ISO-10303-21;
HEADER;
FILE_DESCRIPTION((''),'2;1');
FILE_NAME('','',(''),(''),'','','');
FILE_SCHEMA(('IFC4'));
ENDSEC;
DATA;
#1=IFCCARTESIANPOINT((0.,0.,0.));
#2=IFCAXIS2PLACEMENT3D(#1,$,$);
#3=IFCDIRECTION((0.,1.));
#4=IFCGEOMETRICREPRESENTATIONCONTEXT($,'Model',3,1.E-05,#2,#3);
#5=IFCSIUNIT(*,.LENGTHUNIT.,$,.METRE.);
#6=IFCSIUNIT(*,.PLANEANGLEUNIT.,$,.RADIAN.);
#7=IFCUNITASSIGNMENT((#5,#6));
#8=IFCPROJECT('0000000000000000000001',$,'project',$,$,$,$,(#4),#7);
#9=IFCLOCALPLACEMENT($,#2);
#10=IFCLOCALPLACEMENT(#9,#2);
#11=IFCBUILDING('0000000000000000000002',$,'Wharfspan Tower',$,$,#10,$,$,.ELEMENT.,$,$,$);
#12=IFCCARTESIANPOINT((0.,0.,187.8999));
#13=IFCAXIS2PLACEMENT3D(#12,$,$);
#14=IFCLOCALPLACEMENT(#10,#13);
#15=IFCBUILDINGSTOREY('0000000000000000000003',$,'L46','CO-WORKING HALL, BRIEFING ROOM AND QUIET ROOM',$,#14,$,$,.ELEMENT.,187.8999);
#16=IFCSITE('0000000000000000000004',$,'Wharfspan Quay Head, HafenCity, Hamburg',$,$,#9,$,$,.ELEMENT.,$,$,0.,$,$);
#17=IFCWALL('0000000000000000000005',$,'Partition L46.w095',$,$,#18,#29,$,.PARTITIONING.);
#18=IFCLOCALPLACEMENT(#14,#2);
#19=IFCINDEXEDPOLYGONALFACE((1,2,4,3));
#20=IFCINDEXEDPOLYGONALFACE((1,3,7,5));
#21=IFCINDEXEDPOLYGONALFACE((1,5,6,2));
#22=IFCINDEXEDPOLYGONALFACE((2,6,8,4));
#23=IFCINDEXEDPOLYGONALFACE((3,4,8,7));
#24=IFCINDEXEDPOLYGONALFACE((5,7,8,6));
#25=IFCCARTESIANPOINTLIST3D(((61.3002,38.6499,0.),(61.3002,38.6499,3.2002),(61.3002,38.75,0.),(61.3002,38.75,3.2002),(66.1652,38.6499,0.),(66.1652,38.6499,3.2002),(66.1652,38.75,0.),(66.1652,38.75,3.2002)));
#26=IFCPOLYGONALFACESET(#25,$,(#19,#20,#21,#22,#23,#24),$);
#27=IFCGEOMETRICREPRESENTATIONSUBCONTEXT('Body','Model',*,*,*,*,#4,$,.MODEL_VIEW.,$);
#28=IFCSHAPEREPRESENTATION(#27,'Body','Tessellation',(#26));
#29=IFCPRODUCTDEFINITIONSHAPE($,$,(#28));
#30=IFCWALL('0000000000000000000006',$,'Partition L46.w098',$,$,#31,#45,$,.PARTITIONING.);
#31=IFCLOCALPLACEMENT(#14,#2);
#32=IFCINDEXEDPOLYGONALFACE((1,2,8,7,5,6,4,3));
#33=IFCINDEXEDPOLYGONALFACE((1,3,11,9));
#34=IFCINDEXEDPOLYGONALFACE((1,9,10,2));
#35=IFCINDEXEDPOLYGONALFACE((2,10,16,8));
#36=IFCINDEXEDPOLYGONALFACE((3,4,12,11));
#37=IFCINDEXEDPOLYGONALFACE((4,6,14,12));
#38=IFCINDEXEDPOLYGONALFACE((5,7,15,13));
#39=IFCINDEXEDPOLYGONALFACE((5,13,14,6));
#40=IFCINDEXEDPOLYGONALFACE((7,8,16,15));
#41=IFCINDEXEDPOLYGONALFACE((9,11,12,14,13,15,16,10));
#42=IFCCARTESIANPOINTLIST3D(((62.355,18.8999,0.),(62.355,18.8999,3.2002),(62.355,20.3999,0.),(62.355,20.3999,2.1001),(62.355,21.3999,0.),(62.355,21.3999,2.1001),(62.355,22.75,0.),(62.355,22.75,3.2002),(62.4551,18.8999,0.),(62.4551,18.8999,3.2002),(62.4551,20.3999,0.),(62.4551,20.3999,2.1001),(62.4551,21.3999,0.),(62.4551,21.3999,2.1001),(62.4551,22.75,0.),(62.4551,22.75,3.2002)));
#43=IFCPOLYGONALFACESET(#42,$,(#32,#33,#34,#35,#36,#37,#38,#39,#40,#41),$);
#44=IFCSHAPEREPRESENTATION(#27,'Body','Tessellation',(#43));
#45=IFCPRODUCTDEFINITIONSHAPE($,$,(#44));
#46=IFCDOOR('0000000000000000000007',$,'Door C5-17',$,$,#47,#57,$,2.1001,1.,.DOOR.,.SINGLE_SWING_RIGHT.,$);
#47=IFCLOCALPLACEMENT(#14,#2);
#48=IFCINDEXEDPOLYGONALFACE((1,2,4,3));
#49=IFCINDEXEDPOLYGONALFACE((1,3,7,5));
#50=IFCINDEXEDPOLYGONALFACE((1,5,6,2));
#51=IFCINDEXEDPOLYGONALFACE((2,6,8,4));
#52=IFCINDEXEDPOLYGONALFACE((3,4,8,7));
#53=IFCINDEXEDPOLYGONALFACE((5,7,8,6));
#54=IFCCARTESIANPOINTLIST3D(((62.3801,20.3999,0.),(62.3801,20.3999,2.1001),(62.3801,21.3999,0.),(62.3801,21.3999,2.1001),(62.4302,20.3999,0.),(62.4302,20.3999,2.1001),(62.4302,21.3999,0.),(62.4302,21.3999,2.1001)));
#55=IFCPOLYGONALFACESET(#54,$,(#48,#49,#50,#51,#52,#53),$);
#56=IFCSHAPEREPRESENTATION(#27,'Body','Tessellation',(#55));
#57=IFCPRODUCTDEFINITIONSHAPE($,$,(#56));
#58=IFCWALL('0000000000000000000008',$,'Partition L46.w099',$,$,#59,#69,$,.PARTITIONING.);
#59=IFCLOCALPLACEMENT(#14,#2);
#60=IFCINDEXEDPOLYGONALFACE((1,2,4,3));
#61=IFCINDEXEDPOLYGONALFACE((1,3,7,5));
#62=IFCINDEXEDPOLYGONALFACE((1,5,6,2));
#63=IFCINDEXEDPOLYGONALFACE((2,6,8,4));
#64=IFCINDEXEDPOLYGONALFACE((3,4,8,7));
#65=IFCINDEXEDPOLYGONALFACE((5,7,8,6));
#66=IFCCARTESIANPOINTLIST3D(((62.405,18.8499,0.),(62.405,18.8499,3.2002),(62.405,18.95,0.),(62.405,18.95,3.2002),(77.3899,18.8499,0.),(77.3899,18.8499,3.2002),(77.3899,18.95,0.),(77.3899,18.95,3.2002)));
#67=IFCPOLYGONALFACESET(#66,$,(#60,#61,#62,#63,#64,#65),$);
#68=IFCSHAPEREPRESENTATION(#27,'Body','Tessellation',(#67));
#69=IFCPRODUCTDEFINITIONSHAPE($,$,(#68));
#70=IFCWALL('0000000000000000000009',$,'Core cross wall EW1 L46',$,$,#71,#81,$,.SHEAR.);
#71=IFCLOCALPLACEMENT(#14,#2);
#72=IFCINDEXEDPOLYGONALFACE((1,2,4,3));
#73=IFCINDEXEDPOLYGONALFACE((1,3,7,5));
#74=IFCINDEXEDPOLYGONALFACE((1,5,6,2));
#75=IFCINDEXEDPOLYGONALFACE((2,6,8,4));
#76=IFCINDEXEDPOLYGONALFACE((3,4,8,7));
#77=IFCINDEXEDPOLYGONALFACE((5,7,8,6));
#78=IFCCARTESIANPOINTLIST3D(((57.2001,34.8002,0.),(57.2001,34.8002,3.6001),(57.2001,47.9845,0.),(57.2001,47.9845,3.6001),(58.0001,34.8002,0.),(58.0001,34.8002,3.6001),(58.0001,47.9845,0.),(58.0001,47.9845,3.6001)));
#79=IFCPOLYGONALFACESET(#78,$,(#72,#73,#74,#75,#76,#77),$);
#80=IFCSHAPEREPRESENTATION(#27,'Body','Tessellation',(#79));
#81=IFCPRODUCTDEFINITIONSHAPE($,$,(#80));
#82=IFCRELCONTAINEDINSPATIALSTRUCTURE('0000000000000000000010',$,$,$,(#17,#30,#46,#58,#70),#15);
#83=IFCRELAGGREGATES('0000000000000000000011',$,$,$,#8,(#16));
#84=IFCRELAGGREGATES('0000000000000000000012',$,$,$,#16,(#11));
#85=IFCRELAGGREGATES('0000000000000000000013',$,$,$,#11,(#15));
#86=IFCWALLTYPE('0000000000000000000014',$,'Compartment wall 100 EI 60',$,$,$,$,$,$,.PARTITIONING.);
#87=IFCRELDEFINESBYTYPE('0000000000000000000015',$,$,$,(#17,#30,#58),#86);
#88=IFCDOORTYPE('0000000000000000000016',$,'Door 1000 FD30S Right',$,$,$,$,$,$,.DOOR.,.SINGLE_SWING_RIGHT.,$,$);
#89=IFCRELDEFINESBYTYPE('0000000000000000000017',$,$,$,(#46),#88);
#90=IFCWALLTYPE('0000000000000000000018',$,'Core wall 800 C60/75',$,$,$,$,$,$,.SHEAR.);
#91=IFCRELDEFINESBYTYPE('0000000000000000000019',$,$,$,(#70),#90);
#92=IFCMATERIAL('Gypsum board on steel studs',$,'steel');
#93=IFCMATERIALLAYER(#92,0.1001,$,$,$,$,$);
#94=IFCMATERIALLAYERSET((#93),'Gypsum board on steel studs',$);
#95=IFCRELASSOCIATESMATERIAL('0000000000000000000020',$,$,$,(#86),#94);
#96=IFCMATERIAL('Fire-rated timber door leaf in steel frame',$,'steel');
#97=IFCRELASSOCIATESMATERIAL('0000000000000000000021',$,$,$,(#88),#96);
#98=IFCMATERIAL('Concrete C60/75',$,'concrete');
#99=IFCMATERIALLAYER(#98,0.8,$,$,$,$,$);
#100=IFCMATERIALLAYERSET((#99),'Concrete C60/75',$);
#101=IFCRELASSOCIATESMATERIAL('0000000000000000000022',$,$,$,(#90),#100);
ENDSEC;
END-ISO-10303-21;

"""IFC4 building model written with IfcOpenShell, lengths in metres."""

from ifc_helpers import new_model, si_unit, direction, frame, frame_2d, origin, place, context, subcontext, project, spatial, rectangle, extrude, material, layer, layer_set, type_object, element, fill, save


model = new_model("IFC4")

# Units and contexts
model_context = context("Model", 3, precision=1e-05, world=origin(), true_north=direction((0.0, 1.0)))
body_context = subcontext(model_context, "Body", "Model", "MODEL_VIEW")
ifc_project = project(units=[si_unit("LENGTHUNIT", "METRE"), si_unit("PLANEANGLEUNIT", "RADIAN")], contexts=[model_context])

# Site, building, storey
site_placement = place(None, origin())
site = spatial("IfcSite", under=ifc_project, at=site_placement, Name="Wharfspan Quay Head, HafenCity, Hamburg", CompositionType="ELEMENT", RefElevation=0.0)
building_placement = place(site_placement, origin())
building = spatial("IfcBuilding", under=site, at=building_placement, Name="Wharfspan Tower", CompositionType="ELEMENT")
storey_placement = place(building_placement, frame((0.0, 0.0, 187.8999)))
storey = spatial("IfcBuildingStorey", under=building, at=storey_placement, Name="L46", Description="CO-WORKING HALL, BRIEFING ROOM AND QUIET ROOM", CompositionType="ELEMENT", Elevation=187.8999)

# Shared definitions
ifc_material_1 = material(Name="Gypsum board on steel studs", Category="steel")
ifc_layer_1 = layer(ifc_material_1, 0.1001)
ifc_layer_set_1 = layer_set([ifc_layer_1], Name="Gypsum board on steel studs")
wall_type_1 = type_object("IfcWallType", Name="Compartment wall 100 EI 60", PredefinedType="PARTITIONING", material=ifc_layer_set_1)

# Shared definitions
ifc_material_2 = material(Name="Fire-rated timber door leaf in steel frame", Category="steel")
door_type = type_object("IfcDoorType", Name="Door 1000 FD30S Right", OperationType="SINGLE_SWING_RIGHT", PredefinedType="DOOR", material=ifc_material_2)

# Wall
wall_1_placement = place(storey_placement, frame((61.3, 38.7, 0.0), z_axis=(0.0, 0.0, 1.0), x_axis=(1.0, 0.0, 0.0)))
element("IfcWall", 1, at=wall_1_placement, inside=storey, type_object=wall_type_1, Name="Partition L46.w095", PredefinedType="PARTITIONING", context=body_context, shape_type="SweptSolid", body=[
    extrude(rectangle(XDim=4.865, YDim=0.1001, at=frame_2d((2.4326, 0.0))), origin(), (0.0, 0.0, 1.0), 3.2002),
])

# Wall, opening, door
wall_2_placement = place(storey_placement, frame((62.405, 18.8999, 0.0), z_axis=(0.0, 0.0, 1.0), x_axis=(0.0, 1.0, 0.0)))
wall_2 = element("IfcWall", 2, at=wall_2_placement, inside=storey, type_object=wall_type_1, Name="Partition L46.w098", PredefinedType="PARTITIONING", context=body_context, shape_type="SweptSolid", body=[
    extrude(rectangle(XDim=3.8501, YDim=0.1001, at=frame_2d((1.925, 0.0))), origin(), (0.0, 0.0, 1.0), 3.2002),
])
opening_1_placement = place(wall_2_placement, frame((1.5, 0.0, 0.0)))
opening_1 = element("IfcOpeningElement", 3, at=opening_1_placement, cuts=wall_2, PredefinedType="OPENING", context=body_context, shape_type="SweptSolid", body=[
    extrude(rectangle(XDim=1.0, YDim=2.1001, at=frame_2d((0.5, 1.05))), frame((0.0, 0.0601, 0.0), z_axis=(0.0, -1.0, 0.0), x_axis=(1.0, 0.0, 0.0)), (0.0, 0.0, 1.0), 0.1201),
])
door_1_placement = place(opening_1_placement, origin())
door_1 = element("IfcDoor", 4, at=door_1_placement, inside=storey, type_object=door_type, Name="Door C5-17", OperationType="SINGLE_SWING_RIGHT", OverallHeight=2.1001, OverallWidth=1.0, PredefinedType="DOOR", context=body_context, shape_type="SweptSolid", body=[
    extrude(rectangle(XDim=1.0, YDim=2.1001, at=frame_2d((0.5, 1.05))), frame((0.0, 0.0249, 0.0), z_axis=(0.0, -1.0, 0.0), x_axis=(1.0, 0.0, 0.0)), (0.0, 0.0, 1.0), 0.05),
])
fill(opening_1, door_1)

# Walls
wall_3_placement = place(storey_placement, frame((62.405, 18.8999, 0.0), z_axis=(0.0, 0.0, 1.0), x_axis=(1.0, 0.0, 0.0)))
element("IfcWall", 5, at=wall_3_placement, inside=storey, type_object=wall_type_1, Name="Partition L46.w099", PredefinedType="PARTITIONING", context=body_context, shape_type="SweptSolid", body=[
    extrude(rectangle(XDim=14.9849, YDim=0.1001, at=frame_2d((7.4924, 0.0))), origin(), (0.0, 0.0, 1.0), 3.2002),
])
ifc_material_3 = material(Name="Concrete C60/75", Category="concrete")
ifc_layer_2 = layer(ifc_material_3, 0.8)
ifc_layer_set_2 = layer_set([ifc_layer_2], Name="Concrete C60/75")
wall_type_2 = type_object("IfcWallType", Name="Core wall 800 C60/75", PredefinedType="SHEAR", material=ifc_layer_set_2)
wall_4_placement = place(storey_placement, frame((57.6001, 34.8, 0.0), z_axis=(0.0, 0.0, 1.0), x_axis=(0.0, 1.0, 0.0)))
element("IfcWall", 6, at=wall_4_placement, inside=storey, type_object=wall_type_2, Name="Core cross wall EW1 L46", PredefinedType="SHEAR", context=body_context, shape_type="SweptSolid", body=[
    extrude(rectangle(XDim=13.1843, YDim=0.8, at=frame_2d((6.5923, 0.0))), origin(), (0.0, 0.0, 1.0), 3.6001),
])

save(model, "model.ifc")
